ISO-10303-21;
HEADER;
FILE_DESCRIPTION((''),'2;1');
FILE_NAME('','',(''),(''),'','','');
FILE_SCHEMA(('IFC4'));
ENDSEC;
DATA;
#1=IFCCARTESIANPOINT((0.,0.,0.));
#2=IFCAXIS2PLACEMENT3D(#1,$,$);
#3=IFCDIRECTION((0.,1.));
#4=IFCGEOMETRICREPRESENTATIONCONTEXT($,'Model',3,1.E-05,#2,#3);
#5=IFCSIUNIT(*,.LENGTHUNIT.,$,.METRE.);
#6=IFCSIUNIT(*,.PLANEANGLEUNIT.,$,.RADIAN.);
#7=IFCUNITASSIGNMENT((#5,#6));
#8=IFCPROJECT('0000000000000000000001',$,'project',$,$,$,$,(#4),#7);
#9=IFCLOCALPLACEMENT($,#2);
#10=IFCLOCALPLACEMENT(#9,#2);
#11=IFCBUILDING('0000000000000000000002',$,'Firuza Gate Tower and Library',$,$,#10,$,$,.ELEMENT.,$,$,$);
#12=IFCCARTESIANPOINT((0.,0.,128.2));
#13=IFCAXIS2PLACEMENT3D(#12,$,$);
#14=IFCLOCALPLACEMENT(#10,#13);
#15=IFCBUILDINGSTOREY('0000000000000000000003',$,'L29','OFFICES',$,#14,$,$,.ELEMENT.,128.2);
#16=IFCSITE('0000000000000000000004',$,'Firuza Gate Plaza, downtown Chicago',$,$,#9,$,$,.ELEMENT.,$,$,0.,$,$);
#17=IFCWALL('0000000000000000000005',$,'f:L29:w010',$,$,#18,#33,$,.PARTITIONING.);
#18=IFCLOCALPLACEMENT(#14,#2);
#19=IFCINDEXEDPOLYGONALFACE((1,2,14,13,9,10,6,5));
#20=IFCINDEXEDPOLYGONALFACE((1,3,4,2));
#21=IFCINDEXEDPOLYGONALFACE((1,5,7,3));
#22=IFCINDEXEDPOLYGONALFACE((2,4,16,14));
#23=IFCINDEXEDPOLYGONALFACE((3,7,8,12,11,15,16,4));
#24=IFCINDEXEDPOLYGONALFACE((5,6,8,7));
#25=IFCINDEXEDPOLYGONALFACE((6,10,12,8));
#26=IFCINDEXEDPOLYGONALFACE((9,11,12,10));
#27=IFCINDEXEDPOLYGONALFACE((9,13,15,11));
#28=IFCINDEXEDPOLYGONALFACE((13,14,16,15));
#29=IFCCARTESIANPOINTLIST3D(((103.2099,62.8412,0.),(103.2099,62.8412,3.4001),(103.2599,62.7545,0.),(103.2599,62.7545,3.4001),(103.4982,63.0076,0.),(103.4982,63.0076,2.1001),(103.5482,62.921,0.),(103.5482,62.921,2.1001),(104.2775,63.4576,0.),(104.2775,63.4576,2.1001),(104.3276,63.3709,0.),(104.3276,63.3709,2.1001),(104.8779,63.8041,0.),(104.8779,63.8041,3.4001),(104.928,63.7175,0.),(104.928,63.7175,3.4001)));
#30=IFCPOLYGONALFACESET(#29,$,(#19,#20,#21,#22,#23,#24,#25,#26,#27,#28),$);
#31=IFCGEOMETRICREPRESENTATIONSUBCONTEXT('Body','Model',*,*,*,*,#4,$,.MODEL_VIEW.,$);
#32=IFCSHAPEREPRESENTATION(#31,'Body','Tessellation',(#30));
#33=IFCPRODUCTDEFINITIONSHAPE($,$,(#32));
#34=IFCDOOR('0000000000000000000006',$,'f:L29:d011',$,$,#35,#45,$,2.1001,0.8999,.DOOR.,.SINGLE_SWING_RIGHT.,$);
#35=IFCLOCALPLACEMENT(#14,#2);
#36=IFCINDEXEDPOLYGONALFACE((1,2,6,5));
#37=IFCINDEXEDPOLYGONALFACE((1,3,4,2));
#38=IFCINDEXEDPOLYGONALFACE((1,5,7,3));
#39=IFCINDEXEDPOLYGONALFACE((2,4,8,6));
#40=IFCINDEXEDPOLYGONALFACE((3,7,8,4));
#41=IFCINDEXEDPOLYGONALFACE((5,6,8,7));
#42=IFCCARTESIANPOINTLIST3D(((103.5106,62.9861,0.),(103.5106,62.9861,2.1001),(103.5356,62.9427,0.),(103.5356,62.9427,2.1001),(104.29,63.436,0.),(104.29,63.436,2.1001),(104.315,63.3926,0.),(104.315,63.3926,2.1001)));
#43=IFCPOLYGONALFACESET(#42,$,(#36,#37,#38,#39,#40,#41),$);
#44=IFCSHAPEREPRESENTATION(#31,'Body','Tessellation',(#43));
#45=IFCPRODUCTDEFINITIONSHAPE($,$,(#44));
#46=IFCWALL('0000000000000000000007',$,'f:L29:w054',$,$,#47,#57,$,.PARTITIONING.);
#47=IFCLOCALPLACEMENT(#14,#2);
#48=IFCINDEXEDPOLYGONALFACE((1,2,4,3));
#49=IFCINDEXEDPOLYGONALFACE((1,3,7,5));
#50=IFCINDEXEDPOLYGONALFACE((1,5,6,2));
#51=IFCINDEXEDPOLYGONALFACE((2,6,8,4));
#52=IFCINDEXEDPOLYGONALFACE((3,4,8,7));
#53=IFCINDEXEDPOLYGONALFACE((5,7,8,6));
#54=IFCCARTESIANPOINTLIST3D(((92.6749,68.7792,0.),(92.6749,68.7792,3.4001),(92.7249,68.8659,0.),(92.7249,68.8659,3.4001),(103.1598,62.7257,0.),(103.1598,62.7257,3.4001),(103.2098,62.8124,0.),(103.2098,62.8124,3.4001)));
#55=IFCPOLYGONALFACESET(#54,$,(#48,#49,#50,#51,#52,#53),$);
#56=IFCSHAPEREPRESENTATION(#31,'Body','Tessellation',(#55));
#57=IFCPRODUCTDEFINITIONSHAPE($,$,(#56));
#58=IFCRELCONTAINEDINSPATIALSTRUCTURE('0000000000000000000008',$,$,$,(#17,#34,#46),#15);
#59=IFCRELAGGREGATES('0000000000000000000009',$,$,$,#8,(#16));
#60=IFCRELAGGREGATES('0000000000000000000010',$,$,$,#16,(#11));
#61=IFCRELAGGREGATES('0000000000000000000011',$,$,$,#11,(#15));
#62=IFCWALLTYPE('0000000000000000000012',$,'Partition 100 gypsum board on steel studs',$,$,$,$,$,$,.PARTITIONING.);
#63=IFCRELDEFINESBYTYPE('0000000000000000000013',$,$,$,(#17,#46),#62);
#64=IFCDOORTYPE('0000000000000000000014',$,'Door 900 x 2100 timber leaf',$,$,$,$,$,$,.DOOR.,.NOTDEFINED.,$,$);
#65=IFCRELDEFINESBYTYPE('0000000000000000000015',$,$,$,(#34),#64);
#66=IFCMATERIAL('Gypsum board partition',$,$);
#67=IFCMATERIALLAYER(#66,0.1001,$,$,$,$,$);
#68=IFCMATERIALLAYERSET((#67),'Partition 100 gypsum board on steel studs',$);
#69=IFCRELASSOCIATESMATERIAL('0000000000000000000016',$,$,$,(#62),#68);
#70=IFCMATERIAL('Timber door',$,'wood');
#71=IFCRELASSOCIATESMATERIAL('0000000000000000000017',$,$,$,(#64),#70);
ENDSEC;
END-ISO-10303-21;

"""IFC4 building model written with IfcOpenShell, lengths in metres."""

from ifc_helpers import new_model, si_unit, direction, frame, frame_2d, origin, place, context, subcontext, project, spatial, rectangle, extrude, material, layer, layer_set, type_object, element, fill, save


model = new_model("IFC4")

# Units and contexts
model_context = context("Model", 3, precision=1e-05, world=origin(), true_north=direction((0.0, 1.0)))
body_context = subcontext(model_context, "Body", "Model", "MODEL_VIEW")
ifc_project = project(units=[si_unit("LENGTHUNIT", "METRE"), si_unit("PLANEANGLEUNIT", "RADIAN")], contexts=[model_context])

# Site, building, storey
site_placement = place(None, origin())
site = spatial("IfcSite", under=ifc_project, at=site_placement, Name="Firuza Gate Plaza, downtown Chicago", CompositionType="ELEMENT", RefElevation=0.0)
building_placement = place(site_placement, origin())
building = spatial("IfcBuilding", under=site, at=building_placement, Name="Firuza Gate Tower and Library", CompositionType="ELEMENT")
storey_placement = place(building_placement, frame((0.0, 0.0, 128.2)))
storey = spatial("IfcBuildingStorey", under=building, at=storey_placement, Name="L29", Description="OFFICES", CompositionType="ELEMENT", Elevation=128.2)

# Wall, opening, door
ifc_material_1 = material(Name="Gypsum board partition")
ifc_layer_1 = layer(ifc_material_1, 0.1001)
ifc_layer_set_1 = layer_set([ifc_layer_1], Name="Partition 100 gypsum board on steel studs")
wall_type_1 = type_object("IfcWallType", Name="Partition 100 gypsum board on steel studs", PredefinedType="PARTITIONING", material=ifc_layer_set_1)
wall_1_placement = place(storey_placement, frame((104.9028, 63.7607, 0.0), z_axis=(0.0, 0.0, 1.0), x_axis=(-0.86605, -0.499957, 0.0)))
wall_1 = element("IfcWall", 1, at=wall_1_placement, inside=storey, type_object=wall_type_1, Name="f:L29:w010", PredefinedType="PARTITIONING", context=body_context, shape_type="SweptSolid", body=[
    extrude(rectangle(XDim=1.926, YDim=0.1001, at=frame_2d((0.9629, 0.0))), origin(), (0.0, 0.0, 1.0), 3.4001),
])
opening_placement = place(wall_1_placement, frame((0.6931, 0.0, 0.0)))
opening = element("IfcOpeningElement", 2, at=opening_placement, cuts=wall_1, PredefinedType="OPENING", context=body_context, shape_type="SweptSolid", body=[
    extrude(rectangle(XDim=0.8999, YDim=2.1001, at=frame_2d((0.45, 1.05))), frame((0.0, 0.0601, 0.0), z_axis=(0.0, -1.0, 0.0), x_axis=(1.0, 0.0, 0.0)), (0.0, 0.0, 1.0), 0.1201),
])
ifc_material_2 = material(Name="Timber door", Category="wood")
door_type = type_object("IfcDoorType", Name="Door 900 x 2100 timber leaf", OperationType="NOTDEFINED", PredefinedType="DOOR", material=ifc_material_2)
door_placement = place(opening_placement, origin())
door = element("IfcDoor", 3, at=door_placement, inside=storey, type_object=door_type, Name="f:L29:d011", OperationType="SINGLE_SWING_RIGHT", OverallHeight=2.1001, OverallWidth=0.8999, PredefinedType="DOOR", context=body_context, shape_type="SweptSolid", body=[
    extrude(rectangle(XDim=0.8999, YDim=2.1001, at=frame_2d((0.45, 1.05))), frame((0.0, 0.0249, 0.0), z_axis=(0.0, -1.0, 0.0), x_axis=(1.0, 0.0, 0.0)), (0.0, 0.0, 1.0), 0.05),
])
fill(opening, door)

# Wall
wall_2_placement = place(storey_placement, frame((103.1848, 62.769, 0.0), z_axis=(0.0, 0.0, 1.0), x_axis=(-0.866024, 0.500002, 0.0)))
element("IfcWall", 4, at=wall_2_placement, inside=storey, type_object=wall_type_1, Name="f:L29:w054", PredefinedType="PARTITIONING", context=body_context, shape_type="SweptSolid", body=[
    extrude(rectangle(XDim=12.1069, YDim=0.1001, at=frame_2d((6.0535, 0.0))), origin(), (0.0, 0.0, 1.0), 3.4001),
])

save(model, "model.ifc")
